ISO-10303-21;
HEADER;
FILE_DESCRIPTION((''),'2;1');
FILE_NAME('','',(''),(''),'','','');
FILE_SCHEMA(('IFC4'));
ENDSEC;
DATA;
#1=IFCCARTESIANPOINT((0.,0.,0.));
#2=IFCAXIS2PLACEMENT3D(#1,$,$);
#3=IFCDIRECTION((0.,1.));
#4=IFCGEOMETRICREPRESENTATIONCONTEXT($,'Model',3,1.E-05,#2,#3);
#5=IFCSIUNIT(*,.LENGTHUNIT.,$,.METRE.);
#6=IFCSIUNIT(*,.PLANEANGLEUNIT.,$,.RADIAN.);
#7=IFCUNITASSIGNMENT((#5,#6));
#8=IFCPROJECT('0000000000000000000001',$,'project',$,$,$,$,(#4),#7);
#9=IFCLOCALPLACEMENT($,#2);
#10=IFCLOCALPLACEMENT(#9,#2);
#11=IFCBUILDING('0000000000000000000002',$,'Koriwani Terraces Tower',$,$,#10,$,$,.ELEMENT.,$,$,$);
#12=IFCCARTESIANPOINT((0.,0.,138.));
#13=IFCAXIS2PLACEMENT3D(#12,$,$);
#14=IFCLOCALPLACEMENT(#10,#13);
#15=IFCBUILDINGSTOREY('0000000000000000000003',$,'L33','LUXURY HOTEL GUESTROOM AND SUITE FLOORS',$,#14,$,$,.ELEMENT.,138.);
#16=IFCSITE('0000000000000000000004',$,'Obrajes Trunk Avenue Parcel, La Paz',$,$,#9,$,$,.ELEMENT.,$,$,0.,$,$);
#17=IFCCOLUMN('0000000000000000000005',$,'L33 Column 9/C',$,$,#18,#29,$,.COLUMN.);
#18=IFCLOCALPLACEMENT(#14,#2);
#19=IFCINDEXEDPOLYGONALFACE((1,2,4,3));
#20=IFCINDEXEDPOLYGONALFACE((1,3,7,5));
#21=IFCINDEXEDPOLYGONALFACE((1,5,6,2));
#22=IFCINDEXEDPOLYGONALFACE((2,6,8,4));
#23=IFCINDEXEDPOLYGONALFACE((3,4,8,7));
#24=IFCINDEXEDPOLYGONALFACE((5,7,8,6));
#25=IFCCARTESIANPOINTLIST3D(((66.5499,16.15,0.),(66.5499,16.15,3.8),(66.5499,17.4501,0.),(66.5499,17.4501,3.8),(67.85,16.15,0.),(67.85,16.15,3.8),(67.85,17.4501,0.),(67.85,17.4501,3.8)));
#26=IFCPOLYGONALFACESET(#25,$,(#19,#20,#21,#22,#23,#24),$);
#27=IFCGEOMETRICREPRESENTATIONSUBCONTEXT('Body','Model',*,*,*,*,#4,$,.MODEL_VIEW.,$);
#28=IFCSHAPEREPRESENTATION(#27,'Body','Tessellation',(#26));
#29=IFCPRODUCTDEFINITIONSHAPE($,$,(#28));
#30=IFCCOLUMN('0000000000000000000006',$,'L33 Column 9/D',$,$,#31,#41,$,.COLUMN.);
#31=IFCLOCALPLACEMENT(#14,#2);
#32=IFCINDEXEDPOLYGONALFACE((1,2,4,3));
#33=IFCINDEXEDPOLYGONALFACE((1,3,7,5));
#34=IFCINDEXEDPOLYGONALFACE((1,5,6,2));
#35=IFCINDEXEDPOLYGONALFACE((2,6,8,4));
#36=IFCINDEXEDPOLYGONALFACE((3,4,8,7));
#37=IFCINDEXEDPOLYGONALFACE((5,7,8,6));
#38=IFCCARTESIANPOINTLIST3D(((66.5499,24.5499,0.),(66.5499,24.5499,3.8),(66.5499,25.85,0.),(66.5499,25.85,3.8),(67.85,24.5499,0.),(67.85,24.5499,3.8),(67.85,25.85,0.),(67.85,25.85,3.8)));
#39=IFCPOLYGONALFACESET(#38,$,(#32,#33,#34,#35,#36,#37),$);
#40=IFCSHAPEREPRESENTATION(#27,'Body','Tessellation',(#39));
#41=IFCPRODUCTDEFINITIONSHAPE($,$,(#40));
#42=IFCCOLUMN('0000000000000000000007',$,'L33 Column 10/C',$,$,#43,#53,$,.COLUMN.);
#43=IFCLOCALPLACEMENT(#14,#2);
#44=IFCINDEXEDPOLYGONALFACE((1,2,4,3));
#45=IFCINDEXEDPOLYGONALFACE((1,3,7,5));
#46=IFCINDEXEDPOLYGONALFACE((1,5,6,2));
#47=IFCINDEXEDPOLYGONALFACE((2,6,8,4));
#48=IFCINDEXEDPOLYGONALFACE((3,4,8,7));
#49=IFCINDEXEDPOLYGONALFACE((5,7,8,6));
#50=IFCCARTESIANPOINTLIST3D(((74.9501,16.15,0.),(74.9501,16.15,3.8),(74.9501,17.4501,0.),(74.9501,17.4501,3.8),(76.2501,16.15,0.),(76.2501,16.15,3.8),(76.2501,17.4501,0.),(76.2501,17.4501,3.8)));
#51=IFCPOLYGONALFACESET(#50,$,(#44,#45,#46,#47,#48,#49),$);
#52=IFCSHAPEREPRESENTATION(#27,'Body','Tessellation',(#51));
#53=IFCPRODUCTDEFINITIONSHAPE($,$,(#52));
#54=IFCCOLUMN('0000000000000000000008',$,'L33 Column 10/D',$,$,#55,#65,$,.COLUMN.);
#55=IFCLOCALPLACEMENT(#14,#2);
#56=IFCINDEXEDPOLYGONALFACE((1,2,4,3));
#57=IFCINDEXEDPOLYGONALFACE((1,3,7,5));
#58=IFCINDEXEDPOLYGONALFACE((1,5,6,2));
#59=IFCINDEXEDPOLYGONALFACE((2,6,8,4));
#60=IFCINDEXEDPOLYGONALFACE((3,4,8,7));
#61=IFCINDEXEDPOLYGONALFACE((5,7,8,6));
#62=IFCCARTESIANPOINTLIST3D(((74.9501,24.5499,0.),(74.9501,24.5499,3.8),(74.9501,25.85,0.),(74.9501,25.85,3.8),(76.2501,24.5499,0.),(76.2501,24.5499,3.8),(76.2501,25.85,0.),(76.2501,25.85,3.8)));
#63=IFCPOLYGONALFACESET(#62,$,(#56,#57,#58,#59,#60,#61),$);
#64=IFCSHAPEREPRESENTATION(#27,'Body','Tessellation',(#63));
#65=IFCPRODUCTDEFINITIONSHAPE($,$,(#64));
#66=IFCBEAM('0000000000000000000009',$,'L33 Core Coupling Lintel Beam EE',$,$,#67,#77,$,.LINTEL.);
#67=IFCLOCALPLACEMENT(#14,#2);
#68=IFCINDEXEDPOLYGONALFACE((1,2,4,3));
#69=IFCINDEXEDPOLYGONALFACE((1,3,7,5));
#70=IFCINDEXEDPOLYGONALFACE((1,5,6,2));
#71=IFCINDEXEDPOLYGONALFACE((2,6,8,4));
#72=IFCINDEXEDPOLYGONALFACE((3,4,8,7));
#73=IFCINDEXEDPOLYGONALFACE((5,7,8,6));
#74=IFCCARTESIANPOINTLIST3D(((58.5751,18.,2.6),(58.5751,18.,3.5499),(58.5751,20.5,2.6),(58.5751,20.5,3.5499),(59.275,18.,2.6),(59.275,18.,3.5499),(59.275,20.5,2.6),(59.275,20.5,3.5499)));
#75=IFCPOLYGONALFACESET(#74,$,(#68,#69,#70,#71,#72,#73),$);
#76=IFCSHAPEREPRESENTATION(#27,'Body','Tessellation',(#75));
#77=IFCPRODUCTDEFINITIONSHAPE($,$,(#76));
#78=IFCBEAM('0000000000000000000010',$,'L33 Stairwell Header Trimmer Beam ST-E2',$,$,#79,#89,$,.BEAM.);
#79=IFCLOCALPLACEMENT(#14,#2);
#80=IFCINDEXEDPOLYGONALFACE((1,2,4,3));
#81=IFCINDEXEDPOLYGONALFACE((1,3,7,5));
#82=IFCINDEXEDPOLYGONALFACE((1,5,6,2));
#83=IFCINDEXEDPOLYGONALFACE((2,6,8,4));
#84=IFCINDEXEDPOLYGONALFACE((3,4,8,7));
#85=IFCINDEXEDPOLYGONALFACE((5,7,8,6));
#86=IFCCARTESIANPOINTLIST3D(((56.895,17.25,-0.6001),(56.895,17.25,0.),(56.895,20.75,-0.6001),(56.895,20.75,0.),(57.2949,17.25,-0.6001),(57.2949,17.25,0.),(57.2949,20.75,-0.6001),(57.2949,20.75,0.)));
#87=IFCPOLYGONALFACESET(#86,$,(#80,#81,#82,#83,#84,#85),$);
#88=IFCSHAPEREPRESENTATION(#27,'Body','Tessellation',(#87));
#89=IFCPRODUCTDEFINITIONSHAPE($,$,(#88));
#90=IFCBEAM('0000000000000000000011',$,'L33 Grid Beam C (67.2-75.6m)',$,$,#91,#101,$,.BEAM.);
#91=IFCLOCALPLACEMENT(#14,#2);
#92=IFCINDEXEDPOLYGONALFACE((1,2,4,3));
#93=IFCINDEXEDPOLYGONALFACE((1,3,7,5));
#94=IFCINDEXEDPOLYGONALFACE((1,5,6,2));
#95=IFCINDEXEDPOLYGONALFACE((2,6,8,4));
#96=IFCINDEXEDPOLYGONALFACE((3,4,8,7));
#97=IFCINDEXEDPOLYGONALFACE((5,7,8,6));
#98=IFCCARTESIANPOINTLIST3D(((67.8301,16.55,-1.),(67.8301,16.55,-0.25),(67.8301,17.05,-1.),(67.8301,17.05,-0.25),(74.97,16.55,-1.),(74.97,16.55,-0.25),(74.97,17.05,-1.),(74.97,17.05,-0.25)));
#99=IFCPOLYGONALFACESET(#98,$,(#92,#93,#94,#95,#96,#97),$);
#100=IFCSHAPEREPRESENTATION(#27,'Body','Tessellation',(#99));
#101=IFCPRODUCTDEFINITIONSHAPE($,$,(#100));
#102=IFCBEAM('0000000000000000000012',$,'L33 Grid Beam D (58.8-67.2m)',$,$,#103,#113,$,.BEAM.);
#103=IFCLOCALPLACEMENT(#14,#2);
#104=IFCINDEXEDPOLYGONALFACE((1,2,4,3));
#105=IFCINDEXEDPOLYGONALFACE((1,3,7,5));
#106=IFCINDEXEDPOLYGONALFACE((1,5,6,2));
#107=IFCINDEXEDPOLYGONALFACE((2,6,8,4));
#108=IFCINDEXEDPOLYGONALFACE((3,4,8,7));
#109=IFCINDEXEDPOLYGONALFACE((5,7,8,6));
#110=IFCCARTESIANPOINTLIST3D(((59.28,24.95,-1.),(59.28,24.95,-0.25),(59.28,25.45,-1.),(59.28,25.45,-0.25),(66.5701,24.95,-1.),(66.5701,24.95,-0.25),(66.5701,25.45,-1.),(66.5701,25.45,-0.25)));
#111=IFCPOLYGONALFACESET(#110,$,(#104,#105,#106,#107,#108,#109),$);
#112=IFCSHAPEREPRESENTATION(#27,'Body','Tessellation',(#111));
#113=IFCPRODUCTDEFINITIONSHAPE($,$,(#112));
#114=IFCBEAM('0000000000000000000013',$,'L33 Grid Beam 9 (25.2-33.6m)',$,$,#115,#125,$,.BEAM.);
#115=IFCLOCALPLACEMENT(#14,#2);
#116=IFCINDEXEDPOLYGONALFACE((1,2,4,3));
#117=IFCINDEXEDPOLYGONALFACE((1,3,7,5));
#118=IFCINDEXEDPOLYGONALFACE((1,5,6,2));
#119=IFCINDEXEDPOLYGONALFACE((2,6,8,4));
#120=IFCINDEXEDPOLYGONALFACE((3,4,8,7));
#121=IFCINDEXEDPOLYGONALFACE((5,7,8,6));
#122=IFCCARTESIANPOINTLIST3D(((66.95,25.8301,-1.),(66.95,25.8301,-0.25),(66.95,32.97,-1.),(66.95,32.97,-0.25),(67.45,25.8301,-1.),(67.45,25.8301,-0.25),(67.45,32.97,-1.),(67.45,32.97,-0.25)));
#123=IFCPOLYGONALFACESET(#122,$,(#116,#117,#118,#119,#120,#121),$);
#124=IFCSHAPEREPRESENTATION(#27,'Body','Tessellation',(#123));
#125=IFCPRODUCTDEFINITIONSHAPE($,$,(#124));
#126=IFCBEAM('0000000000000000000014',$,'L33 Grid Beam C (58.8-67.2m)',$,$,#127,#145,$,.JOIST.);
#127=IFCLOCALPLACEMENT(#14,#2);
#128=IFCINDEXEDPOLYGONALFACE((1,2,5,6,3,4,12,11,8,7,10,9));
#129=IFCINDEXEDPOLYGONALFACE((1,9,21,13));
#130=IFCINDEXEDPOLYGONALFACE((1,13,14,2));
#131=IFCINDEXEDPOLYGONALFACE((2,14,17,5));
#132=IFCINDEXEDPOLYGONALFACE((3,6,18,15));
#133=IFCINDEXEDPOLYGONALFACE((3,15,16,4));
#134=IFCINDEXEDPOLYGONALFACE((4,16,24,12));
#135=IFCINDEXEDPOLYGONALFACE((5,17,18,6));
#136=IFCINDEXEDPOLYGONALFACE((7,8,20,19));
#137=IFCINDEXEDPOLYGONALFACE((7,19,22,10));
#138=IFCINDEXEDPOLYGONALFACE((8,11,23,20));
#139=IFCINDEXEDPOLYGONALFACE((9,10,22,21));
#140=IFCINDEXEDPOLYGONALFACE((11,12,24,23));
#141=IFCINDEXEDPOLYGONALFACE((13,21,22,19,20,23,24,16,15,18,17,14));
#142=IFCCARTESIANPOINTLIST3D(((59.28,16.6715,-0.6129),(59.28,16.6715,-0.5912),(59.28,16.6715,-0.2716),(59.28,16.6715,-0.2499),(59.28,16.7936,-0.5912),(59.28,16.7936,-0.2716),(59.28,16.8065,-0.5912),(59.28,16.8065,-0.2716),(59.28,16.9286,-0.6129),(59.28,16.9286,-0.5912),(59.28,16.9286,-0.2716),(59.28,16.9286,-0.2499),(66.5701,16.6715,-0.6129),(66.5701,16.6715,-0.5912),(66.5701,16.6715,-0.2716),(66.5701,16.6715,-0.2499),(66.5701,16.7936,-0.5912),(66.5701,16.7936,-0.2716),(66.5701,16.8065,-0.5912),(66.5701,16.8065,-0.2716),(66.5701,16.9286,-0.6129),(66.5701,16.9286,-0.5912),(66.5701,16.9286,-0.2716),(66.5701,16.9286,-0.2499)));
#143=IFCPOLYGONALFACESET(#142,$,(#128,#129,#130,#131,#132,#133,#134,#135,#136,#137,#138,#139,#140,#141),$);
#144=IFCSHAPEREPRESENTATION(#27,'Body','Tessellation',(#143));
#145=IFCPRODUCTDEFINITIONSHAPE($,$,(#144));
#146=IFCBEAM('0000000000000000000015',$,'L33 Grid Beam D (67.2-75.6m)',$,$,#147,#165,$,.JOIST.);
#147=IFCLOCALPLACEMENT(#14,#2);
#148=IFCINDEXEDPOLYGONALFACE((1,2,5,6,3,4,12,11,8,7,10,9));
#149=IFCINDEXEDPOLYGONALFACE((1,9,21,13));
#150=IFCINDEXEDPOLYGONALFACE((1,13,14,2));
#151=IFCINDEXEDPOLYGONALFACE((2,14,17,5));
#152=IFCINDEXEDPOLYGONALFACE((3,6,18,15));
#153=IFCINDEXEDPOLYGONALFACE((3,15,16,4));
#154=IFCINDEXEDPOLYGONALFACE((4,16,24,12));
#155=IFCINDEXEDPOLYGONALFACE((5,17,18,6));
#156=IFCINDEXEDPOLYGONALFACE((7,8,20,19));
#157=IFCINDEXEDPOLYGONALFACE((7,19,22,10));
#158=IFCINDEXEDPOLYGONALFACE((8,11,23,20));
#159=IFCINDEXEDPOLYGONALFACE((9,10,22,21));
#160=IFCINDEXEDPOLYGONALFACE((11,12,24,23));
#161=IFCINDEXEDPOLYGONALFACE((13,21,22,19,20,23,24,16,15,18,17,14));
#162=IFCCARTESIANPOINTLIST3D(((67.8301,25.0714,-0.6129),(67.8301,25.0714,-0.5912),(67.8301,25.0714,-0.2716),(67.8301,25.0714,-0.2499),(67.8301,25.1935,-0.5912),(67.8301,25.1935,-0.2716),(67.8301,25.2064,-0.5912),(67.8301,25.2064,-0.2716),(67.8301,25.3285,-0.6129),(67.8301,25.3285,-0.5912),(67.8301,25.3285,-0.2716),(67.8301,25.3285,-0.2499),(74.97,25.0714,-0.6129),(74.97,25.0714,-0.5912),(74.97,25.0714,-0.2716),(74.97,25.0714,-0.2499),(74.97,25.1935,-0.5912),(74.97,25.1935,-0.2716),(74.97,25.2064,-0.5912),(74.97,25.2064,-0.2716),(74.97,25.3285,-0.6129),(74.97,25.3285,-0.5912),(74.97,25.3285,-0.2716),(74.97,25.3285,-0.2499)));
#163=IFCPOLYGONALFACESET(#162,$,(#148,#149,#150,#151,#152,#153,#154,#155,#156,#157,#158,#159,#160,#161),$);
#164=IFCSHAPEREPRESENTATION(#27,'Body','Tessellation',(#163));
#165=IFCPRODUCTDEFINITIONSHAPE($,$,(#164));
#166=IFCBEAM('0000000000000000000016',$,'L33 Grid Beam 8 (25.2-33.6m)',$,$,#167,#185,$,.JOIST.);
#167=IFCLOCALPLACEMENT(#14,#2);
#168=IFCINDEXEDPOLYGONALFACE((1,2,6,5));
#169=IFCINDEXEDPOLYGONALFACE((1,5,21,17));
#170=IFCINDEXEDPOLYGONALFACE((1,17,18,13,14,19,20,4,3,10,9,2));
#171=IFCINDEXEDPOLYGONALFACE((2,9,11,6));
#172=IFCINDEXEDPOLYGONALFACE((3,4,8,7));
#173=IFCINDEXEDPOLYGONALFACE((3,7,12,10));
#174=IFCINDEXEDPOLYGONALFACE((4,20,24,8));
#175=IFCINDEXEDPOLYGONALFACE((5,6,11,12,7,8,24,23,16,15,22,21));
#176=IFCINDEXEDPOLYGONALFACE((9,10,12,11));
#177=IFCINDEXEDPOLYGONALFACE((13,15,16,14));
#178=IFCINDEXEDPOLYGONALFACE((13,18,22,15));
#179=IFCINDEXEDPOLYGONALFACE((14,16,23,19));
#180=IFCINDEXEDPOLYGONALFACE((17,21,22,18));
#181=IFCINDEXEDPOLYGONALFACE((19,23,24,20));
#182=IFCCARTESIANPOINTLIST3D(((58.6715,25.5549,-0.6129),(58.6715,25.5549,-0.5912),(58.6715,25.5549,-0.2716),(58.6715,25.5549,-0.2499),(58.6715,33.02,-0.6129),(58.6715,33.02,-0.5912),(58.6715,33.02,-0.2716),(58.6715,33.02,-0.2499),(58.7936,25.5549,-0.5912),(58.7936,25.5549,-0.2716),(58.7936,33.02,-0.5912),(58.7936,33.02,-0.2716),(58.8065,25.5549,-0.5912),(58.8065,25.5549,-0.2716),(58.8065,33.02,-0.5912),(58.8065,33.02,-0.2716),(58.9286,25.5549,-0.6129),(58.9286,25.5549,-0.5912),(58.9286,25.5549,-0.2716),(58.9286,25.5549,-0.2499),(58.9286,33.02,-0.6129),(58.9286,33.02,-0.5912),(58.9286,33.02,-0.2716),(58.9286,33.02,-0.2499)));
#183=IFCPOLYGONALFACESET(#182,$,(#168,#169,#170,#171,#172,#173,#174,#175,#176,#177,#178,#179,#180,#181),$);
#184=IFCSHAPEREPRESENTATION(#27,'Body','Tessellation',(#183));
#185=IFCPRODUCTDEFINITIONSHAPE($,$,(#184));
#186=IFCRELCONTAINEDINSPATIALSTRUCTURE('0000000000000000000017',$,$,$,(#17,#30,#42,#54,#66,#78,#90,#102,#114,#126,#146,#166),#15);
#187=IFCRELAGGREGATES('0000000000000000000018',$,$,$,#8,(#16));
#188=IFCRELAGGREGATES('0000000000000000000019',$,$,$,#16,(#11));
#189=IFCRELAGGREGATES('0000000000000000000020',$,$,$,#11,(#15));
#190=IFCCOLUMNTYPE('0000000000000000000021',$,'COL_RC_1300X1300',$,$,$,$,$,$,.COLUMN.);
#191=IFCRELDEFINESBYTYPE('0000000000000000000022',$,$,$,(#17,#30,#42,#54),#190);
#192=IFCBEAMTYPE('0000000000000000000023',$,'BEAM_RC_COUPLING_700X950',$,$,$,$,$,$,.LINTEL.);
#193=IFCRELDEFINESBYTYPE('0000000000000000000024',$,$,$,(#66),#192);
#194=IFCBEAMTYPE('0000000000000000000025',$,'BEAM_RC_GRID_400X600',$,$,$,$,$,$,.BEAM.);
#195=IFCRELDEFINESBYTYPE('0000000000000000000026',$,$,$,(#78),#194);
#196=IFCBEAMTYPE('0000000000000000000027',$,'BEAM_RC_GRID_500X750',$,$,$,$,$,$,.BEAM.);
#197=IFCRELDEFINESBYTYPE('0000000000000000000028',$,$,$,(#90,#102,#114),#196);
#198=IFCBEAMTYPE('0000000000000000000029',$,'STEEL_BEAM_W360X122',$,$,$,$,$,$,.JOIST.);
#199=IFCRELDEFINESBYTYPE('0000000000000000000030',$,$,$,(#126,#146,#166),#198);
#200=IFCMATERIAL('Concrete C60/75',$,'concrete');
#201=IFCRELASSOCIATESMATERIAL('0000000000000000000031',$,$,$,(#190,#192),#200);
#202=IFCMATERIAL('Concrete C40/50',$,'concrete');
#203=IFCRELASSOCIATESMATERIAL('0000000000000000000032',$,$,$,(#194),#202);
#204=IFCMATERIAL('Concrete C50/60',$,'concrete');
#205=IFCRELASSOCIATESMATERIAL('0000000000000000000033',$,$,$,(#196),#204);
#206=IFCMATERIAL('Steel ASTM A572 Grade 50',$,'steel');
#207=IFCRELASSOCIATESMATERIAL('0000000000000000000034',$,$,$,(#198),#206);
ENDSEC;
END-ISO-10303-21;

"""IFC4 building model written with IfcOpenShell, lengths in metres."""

from ifc_helpers import new_model, si_unit, direction, frame, origin, origin_2d, place, context, subcontext, project, spatial, rectangle, i_section, extrude, material, material_profile, profile_set, type_object, element, save


model = new_model("IFC4")

# Units and contexts
model_context = context("Model", 3, precision=1e-05, world=origin(), true_north=direction((0.0, 1.0)))
body_context = subcontext(model_context, "Body", "Model", "MODEL_VIEW")
ifc_project = project(units=[si_unit("LENGTHUNIT", "METRE"), si_unit("PLANEANGLEUNIT", "RADIAN")], contexts=[model_context])

# Site, building, storey
site_placement = place(None, origin())
site = spatial("IfcSite", under=ifc_project, at=site_placement, Name="Obrajes Trunk Avenue Parcel, La Paz", CompositionType="ELEMENT", RefElevation=0.0)
building_placement = place(site_placement, origin())
building = spatial("IfcBuilding", under=site, at=building_placement, Name="Koriwani Terraces Tower", CompositionType="ELEMENT")
storey_placement = place(building_placement, frame((0.0, 0.0, 138.0)))
storey = spatial("IfcBuildingStorey", under=building, at=storey_placement, Name="L33", Description="LUXURY HOTEL GUESTROOM AND SUITE FLOORS", CompositionType="ELEMENT", Elevation=138.0)

# Columns
ifc_material_1 = material(Name="Concrete C60/75", Category="concrete")
ifc_material_profile_1 = material_profile(ifc_material_1, rectangle(XDim=1.3, YDim=1.3, at=origin_2d()), Name="Concrete C60/75", Category="LoadBearing")
ifc_profile_set_1 = profile_set([ifc_material_profile_1], Name="Concrete C60/75")
column_type = type_object("IfcColumnType", Name="COL_RC_1300X1300", PredefinedType="COLUMN", material=ifc_profile_set_1)
for number, where, z_axis, x_axis, name in (
    (1, (67.2, 16.8, 0.0), (0.0, 0.0, 1.0), (1.0, 0.0, 0.0), "L33 Column 9/C"),
    (2, (67.2, 25.2, 0.0), (0.0, 0.0, 1.0), (1.0, 0.0, 0.0), "L33 Column 9/D"),
    (3, (75.6001, 16.8, 0.0), (0.0, 0.0, 1.0), (1.0, 0.0, 0.0), "L33 Column 10/C"),
    (4, (75.6001, 25.2, 0.0), (0.0, 0.0, 1.0), (1.0, 0.0, 0.0), "L33 Column 10/D"),
):
    element("IfcColumn", number, at=place(storey_placement, frame(where, z_axis=z_axis, x_axis=x_axis)), inside=storey, type_object=column_type, Name=name, PredefinedType="COLUMN", context=body_context, shape_type="SweptSolid", body=[
        extrude(rectangle(XDim=1.3, YDim=1.3, at=origin_2d()), origin(), (0.0, 0.0, 1.0), 3.8),
    ])

# Beams
ifc_material_profile_2 = material_profile(ifc_material_1, rectangle(XDim=0.7, YDim=0.95, at=origin_2d()), Name="Concrete C60/75", Category="LoadBearing")
ifc_profile_set_2 = profile_set([ifc_material_profile_2], Name="Concrete C60/75")
beam_type_1 = type_object("IfcBeamType", Name="BEAM_RC_COUPLING_700X950", PredefinedType="LINTEL", material=ifc_profile_set_2)
beam_1_placement = place(storey_placement, frame((58.925, 18.0, 3.075), z_axis=(0.0, 1.0, 0.0), x_axis=(-1.0, 0.0, 0.0)))
element("IfcBeam", 5, at=beam_1_placement, inside=storey, type_object=beam_type_1, Name="L33 Core Coupling Lintel Beam EE", PredefinedType="LINTEL", context=body_context, shape_type="SweptSolid", body=[
    extrude(rectangle(XDim=0.7, YDim=0.95, at=origin_2d()), origin(), (0.0, 0.0, 1.0), 2.5),
])
ifc_material_2 = material(Name="Concrete C40/50", Category="concrete")
ifc_material_profile_3 = material_profile(ifc_material_2, rectangle(XDim=0.3999, YDim=0.6001, at=origin_2d()), Name="Concrete C40/50", Category="LoadBearing")
ifc_profile_set_3 = profile_set([ifc_material_profile_3], Name="Concrete C40/50")
beam_type_2 = type_object("IfcBeamType", Name="BEAM_RC_GRID_400X600", PredefinedType="BEAM", material=ifc_profile_set_3)
beam_2_placement = place(storey_placement, frame((57.095, 17.25, -0.3), z_axis=(0.0, 1.0, 0.0), x_axis=(-1.0, 0.0, 0.0)))
element("IfcBeam", 6, at=beam_2_placement, inside=storey, type_object=beam_type_2, Name="L33 Stairwell Header Trimmer Beam ST-E2", PredefinedType="BEAM", context=body_context, shape_type="SweptSolid", body=[
    extrude(rectangle(XDim=0.3999, YDim=0.6001, at=origin_2d()), origin(), (0.0, 0.0, 1.0), 3.5),
])
ifc_material_3 = material(Name="Concrete C50/60", Category="concrete")
ifc_material_profile_4 = material_profile(ifc_material_3, rectangle(XDim=0.5, YDim=0.75, at=origin_2d()), Name="Concrete C50/60", Category="LoadBearing")
ifc_profile_set_4 = profile_set([ifc_material_profile_4], Name="Concrete C50/60")
beam_type_3 = type_object("IfcBeamType", Name="BEAM_RC_GRID_500X750", PredefinedType="BEAM", material=ifc_profile_set_4)
beam_3_placement = place(storey_placement, frame((67.8301, 16.8, -0.625), z_axis=(1.0, 0.0, 0.0), x_axis=(0.0, 1.0, 0.0)))
element("IfcBeam", 7, at=beam_3_placement, inside=storey, type_object=beam_type_3, Name="L33 Grid Beam C (67.2-75.6m)", PredefinedType="BEAM", context=body_context, shape_type="SweptSolid", body=[
    extrude(rectangle(XDim=0.5, YDim=0.75, at=origin_2d()), origin(), (0.0, 0.0, 1.0), 7.1399),
])
beam_4_placement = place(storey_placement, frame((59.28, 25.2, -0.625), z_axis=(1.0, 0.0, 0.0), x_axis=(0.0, 1.0, 0.0)))
element("IfcBeam", 8, at=beam_4_placement, inside=storey, type_object=beam_type_3, Name="L33 Grid Beam D (58.8-67.2m)", PredefinedType="BEAM", context=body_context, shape_type="SweptSolid", body=[
    extrude(rectangle(XDim=0.5, YDim=0.75, at=origin_2d()), origin(), (0.0, 0.0, 1.0), 7.29),
])
beam_5_placement = place(storey_placement, frame((67.2, 25.8301, -0.625), z_axis=(0.0, 1.0, 0.0), x_axis=(-1.0, 0.0, 0.0)))
element("IfcBeam", 9, at=beam_5_placement, inside=storey, type_object=beam_type_3, Name="L33 Grid Beam 9 (25.2-33.6m)", PredefinedType="BEAM", context=body_context, shape_type="SweptSolid", body=[
    extrude(rectangle(XDim=0.5, YDim=0.75, at=origin_2d()), origin(), (0.0, 0.0, 1.0), 7.1399),
])
ifc_material_4 = material(Name="Steel ASTM A572 Grade 50", Category="steel")
ifc_material_profile_5 = material_profile(ifc_material_4, i_section(OverallWidth=0.2571, OverallDepth=0.363, WebThickness=0.0129, FlangeThickness=0.0217, at=origin_2d()), Name="Steel ASTM A572 Grade 50", Category="LoadBearing")
ifc_profile_set_5 = profile_set([ifc_material_profile_5], Name="Steel ASTM A572 Grade 50")
beam_type_4 = type_object("IfcBeamType", Name="STEEL_BEAM_W360X122", PredefinedType="JOIST", material=ifc_profile_set_5)
beam_6_placement = place(storey_placement, frame((59.28, 16.8, -0.4314), z_axis=(1.0, 0.0, 0.0), x_axis=(0.0, 1.0, 0.0)))
element("IfcBeam", 10, at=beam_6_placement, inside=storey, type_object=beam_type_4, Name="L33 Grid Beam C (58.8-67.2m)", PredefinedType="JOIST", context=body_context, shape_type="SweptSolid", body=[
    extrude(i_section(OverallWidth=0.2571, OverallDepth=0.363, WebThickness=0.0129, FlangeThickness=0.0217, at=origin_2d()), origin(), (0.0, 0.0, 1.0), 7.29),
])
beam_7_placement = place(storey_placement, frame((67.8301, 25.2, -0.4314), z_axis=(1.0, 0.0, 0.0), x_axis=(0.0, 1.0, 0.0)))
element("IfcBeam", 11, at=beam_7_placement, inside=storey, type_object=beam_type_4, Name="L33 Grid Beam D (67.2-75.6m)", PredefinedType="JOIST", context=body_context, shape_type="SweptSolid", body=[
    extrude(i_section(OverallWidth=0.2571, OverallDepth=0.363, WebThickness=0.0129, FlangeThickness=0.0217, at=origin_2d()), origin(), (0.0, 0.0, 1.0), 7.1399),
])
beam_8_placement = place(storey_placement, frame((58.8, 25.5549, -0.4314), z_axis=(0.0, 1.0, 0.0), x_axis=(-1.0, 0.0, 0.0)))
element("IfcBeam", 12, at=beam_8_placement, inside=storey, type_object=beam_type_4, Name="L33 Grid Beam 8 (25.2-33.6m)", PredefinedType="JOIST", context=body_context, shape_type="SweptSolid", body=[
    extrude(i_section(OverallWidth=0.2571, OverallDepth=0.363, WebThickness=0.0129, FlangeThickness=0.0217, at=origin_2d()), origin(), (0.0, 0.0, 1.0), 7.4651),
])

save(model, "model.ifc")
